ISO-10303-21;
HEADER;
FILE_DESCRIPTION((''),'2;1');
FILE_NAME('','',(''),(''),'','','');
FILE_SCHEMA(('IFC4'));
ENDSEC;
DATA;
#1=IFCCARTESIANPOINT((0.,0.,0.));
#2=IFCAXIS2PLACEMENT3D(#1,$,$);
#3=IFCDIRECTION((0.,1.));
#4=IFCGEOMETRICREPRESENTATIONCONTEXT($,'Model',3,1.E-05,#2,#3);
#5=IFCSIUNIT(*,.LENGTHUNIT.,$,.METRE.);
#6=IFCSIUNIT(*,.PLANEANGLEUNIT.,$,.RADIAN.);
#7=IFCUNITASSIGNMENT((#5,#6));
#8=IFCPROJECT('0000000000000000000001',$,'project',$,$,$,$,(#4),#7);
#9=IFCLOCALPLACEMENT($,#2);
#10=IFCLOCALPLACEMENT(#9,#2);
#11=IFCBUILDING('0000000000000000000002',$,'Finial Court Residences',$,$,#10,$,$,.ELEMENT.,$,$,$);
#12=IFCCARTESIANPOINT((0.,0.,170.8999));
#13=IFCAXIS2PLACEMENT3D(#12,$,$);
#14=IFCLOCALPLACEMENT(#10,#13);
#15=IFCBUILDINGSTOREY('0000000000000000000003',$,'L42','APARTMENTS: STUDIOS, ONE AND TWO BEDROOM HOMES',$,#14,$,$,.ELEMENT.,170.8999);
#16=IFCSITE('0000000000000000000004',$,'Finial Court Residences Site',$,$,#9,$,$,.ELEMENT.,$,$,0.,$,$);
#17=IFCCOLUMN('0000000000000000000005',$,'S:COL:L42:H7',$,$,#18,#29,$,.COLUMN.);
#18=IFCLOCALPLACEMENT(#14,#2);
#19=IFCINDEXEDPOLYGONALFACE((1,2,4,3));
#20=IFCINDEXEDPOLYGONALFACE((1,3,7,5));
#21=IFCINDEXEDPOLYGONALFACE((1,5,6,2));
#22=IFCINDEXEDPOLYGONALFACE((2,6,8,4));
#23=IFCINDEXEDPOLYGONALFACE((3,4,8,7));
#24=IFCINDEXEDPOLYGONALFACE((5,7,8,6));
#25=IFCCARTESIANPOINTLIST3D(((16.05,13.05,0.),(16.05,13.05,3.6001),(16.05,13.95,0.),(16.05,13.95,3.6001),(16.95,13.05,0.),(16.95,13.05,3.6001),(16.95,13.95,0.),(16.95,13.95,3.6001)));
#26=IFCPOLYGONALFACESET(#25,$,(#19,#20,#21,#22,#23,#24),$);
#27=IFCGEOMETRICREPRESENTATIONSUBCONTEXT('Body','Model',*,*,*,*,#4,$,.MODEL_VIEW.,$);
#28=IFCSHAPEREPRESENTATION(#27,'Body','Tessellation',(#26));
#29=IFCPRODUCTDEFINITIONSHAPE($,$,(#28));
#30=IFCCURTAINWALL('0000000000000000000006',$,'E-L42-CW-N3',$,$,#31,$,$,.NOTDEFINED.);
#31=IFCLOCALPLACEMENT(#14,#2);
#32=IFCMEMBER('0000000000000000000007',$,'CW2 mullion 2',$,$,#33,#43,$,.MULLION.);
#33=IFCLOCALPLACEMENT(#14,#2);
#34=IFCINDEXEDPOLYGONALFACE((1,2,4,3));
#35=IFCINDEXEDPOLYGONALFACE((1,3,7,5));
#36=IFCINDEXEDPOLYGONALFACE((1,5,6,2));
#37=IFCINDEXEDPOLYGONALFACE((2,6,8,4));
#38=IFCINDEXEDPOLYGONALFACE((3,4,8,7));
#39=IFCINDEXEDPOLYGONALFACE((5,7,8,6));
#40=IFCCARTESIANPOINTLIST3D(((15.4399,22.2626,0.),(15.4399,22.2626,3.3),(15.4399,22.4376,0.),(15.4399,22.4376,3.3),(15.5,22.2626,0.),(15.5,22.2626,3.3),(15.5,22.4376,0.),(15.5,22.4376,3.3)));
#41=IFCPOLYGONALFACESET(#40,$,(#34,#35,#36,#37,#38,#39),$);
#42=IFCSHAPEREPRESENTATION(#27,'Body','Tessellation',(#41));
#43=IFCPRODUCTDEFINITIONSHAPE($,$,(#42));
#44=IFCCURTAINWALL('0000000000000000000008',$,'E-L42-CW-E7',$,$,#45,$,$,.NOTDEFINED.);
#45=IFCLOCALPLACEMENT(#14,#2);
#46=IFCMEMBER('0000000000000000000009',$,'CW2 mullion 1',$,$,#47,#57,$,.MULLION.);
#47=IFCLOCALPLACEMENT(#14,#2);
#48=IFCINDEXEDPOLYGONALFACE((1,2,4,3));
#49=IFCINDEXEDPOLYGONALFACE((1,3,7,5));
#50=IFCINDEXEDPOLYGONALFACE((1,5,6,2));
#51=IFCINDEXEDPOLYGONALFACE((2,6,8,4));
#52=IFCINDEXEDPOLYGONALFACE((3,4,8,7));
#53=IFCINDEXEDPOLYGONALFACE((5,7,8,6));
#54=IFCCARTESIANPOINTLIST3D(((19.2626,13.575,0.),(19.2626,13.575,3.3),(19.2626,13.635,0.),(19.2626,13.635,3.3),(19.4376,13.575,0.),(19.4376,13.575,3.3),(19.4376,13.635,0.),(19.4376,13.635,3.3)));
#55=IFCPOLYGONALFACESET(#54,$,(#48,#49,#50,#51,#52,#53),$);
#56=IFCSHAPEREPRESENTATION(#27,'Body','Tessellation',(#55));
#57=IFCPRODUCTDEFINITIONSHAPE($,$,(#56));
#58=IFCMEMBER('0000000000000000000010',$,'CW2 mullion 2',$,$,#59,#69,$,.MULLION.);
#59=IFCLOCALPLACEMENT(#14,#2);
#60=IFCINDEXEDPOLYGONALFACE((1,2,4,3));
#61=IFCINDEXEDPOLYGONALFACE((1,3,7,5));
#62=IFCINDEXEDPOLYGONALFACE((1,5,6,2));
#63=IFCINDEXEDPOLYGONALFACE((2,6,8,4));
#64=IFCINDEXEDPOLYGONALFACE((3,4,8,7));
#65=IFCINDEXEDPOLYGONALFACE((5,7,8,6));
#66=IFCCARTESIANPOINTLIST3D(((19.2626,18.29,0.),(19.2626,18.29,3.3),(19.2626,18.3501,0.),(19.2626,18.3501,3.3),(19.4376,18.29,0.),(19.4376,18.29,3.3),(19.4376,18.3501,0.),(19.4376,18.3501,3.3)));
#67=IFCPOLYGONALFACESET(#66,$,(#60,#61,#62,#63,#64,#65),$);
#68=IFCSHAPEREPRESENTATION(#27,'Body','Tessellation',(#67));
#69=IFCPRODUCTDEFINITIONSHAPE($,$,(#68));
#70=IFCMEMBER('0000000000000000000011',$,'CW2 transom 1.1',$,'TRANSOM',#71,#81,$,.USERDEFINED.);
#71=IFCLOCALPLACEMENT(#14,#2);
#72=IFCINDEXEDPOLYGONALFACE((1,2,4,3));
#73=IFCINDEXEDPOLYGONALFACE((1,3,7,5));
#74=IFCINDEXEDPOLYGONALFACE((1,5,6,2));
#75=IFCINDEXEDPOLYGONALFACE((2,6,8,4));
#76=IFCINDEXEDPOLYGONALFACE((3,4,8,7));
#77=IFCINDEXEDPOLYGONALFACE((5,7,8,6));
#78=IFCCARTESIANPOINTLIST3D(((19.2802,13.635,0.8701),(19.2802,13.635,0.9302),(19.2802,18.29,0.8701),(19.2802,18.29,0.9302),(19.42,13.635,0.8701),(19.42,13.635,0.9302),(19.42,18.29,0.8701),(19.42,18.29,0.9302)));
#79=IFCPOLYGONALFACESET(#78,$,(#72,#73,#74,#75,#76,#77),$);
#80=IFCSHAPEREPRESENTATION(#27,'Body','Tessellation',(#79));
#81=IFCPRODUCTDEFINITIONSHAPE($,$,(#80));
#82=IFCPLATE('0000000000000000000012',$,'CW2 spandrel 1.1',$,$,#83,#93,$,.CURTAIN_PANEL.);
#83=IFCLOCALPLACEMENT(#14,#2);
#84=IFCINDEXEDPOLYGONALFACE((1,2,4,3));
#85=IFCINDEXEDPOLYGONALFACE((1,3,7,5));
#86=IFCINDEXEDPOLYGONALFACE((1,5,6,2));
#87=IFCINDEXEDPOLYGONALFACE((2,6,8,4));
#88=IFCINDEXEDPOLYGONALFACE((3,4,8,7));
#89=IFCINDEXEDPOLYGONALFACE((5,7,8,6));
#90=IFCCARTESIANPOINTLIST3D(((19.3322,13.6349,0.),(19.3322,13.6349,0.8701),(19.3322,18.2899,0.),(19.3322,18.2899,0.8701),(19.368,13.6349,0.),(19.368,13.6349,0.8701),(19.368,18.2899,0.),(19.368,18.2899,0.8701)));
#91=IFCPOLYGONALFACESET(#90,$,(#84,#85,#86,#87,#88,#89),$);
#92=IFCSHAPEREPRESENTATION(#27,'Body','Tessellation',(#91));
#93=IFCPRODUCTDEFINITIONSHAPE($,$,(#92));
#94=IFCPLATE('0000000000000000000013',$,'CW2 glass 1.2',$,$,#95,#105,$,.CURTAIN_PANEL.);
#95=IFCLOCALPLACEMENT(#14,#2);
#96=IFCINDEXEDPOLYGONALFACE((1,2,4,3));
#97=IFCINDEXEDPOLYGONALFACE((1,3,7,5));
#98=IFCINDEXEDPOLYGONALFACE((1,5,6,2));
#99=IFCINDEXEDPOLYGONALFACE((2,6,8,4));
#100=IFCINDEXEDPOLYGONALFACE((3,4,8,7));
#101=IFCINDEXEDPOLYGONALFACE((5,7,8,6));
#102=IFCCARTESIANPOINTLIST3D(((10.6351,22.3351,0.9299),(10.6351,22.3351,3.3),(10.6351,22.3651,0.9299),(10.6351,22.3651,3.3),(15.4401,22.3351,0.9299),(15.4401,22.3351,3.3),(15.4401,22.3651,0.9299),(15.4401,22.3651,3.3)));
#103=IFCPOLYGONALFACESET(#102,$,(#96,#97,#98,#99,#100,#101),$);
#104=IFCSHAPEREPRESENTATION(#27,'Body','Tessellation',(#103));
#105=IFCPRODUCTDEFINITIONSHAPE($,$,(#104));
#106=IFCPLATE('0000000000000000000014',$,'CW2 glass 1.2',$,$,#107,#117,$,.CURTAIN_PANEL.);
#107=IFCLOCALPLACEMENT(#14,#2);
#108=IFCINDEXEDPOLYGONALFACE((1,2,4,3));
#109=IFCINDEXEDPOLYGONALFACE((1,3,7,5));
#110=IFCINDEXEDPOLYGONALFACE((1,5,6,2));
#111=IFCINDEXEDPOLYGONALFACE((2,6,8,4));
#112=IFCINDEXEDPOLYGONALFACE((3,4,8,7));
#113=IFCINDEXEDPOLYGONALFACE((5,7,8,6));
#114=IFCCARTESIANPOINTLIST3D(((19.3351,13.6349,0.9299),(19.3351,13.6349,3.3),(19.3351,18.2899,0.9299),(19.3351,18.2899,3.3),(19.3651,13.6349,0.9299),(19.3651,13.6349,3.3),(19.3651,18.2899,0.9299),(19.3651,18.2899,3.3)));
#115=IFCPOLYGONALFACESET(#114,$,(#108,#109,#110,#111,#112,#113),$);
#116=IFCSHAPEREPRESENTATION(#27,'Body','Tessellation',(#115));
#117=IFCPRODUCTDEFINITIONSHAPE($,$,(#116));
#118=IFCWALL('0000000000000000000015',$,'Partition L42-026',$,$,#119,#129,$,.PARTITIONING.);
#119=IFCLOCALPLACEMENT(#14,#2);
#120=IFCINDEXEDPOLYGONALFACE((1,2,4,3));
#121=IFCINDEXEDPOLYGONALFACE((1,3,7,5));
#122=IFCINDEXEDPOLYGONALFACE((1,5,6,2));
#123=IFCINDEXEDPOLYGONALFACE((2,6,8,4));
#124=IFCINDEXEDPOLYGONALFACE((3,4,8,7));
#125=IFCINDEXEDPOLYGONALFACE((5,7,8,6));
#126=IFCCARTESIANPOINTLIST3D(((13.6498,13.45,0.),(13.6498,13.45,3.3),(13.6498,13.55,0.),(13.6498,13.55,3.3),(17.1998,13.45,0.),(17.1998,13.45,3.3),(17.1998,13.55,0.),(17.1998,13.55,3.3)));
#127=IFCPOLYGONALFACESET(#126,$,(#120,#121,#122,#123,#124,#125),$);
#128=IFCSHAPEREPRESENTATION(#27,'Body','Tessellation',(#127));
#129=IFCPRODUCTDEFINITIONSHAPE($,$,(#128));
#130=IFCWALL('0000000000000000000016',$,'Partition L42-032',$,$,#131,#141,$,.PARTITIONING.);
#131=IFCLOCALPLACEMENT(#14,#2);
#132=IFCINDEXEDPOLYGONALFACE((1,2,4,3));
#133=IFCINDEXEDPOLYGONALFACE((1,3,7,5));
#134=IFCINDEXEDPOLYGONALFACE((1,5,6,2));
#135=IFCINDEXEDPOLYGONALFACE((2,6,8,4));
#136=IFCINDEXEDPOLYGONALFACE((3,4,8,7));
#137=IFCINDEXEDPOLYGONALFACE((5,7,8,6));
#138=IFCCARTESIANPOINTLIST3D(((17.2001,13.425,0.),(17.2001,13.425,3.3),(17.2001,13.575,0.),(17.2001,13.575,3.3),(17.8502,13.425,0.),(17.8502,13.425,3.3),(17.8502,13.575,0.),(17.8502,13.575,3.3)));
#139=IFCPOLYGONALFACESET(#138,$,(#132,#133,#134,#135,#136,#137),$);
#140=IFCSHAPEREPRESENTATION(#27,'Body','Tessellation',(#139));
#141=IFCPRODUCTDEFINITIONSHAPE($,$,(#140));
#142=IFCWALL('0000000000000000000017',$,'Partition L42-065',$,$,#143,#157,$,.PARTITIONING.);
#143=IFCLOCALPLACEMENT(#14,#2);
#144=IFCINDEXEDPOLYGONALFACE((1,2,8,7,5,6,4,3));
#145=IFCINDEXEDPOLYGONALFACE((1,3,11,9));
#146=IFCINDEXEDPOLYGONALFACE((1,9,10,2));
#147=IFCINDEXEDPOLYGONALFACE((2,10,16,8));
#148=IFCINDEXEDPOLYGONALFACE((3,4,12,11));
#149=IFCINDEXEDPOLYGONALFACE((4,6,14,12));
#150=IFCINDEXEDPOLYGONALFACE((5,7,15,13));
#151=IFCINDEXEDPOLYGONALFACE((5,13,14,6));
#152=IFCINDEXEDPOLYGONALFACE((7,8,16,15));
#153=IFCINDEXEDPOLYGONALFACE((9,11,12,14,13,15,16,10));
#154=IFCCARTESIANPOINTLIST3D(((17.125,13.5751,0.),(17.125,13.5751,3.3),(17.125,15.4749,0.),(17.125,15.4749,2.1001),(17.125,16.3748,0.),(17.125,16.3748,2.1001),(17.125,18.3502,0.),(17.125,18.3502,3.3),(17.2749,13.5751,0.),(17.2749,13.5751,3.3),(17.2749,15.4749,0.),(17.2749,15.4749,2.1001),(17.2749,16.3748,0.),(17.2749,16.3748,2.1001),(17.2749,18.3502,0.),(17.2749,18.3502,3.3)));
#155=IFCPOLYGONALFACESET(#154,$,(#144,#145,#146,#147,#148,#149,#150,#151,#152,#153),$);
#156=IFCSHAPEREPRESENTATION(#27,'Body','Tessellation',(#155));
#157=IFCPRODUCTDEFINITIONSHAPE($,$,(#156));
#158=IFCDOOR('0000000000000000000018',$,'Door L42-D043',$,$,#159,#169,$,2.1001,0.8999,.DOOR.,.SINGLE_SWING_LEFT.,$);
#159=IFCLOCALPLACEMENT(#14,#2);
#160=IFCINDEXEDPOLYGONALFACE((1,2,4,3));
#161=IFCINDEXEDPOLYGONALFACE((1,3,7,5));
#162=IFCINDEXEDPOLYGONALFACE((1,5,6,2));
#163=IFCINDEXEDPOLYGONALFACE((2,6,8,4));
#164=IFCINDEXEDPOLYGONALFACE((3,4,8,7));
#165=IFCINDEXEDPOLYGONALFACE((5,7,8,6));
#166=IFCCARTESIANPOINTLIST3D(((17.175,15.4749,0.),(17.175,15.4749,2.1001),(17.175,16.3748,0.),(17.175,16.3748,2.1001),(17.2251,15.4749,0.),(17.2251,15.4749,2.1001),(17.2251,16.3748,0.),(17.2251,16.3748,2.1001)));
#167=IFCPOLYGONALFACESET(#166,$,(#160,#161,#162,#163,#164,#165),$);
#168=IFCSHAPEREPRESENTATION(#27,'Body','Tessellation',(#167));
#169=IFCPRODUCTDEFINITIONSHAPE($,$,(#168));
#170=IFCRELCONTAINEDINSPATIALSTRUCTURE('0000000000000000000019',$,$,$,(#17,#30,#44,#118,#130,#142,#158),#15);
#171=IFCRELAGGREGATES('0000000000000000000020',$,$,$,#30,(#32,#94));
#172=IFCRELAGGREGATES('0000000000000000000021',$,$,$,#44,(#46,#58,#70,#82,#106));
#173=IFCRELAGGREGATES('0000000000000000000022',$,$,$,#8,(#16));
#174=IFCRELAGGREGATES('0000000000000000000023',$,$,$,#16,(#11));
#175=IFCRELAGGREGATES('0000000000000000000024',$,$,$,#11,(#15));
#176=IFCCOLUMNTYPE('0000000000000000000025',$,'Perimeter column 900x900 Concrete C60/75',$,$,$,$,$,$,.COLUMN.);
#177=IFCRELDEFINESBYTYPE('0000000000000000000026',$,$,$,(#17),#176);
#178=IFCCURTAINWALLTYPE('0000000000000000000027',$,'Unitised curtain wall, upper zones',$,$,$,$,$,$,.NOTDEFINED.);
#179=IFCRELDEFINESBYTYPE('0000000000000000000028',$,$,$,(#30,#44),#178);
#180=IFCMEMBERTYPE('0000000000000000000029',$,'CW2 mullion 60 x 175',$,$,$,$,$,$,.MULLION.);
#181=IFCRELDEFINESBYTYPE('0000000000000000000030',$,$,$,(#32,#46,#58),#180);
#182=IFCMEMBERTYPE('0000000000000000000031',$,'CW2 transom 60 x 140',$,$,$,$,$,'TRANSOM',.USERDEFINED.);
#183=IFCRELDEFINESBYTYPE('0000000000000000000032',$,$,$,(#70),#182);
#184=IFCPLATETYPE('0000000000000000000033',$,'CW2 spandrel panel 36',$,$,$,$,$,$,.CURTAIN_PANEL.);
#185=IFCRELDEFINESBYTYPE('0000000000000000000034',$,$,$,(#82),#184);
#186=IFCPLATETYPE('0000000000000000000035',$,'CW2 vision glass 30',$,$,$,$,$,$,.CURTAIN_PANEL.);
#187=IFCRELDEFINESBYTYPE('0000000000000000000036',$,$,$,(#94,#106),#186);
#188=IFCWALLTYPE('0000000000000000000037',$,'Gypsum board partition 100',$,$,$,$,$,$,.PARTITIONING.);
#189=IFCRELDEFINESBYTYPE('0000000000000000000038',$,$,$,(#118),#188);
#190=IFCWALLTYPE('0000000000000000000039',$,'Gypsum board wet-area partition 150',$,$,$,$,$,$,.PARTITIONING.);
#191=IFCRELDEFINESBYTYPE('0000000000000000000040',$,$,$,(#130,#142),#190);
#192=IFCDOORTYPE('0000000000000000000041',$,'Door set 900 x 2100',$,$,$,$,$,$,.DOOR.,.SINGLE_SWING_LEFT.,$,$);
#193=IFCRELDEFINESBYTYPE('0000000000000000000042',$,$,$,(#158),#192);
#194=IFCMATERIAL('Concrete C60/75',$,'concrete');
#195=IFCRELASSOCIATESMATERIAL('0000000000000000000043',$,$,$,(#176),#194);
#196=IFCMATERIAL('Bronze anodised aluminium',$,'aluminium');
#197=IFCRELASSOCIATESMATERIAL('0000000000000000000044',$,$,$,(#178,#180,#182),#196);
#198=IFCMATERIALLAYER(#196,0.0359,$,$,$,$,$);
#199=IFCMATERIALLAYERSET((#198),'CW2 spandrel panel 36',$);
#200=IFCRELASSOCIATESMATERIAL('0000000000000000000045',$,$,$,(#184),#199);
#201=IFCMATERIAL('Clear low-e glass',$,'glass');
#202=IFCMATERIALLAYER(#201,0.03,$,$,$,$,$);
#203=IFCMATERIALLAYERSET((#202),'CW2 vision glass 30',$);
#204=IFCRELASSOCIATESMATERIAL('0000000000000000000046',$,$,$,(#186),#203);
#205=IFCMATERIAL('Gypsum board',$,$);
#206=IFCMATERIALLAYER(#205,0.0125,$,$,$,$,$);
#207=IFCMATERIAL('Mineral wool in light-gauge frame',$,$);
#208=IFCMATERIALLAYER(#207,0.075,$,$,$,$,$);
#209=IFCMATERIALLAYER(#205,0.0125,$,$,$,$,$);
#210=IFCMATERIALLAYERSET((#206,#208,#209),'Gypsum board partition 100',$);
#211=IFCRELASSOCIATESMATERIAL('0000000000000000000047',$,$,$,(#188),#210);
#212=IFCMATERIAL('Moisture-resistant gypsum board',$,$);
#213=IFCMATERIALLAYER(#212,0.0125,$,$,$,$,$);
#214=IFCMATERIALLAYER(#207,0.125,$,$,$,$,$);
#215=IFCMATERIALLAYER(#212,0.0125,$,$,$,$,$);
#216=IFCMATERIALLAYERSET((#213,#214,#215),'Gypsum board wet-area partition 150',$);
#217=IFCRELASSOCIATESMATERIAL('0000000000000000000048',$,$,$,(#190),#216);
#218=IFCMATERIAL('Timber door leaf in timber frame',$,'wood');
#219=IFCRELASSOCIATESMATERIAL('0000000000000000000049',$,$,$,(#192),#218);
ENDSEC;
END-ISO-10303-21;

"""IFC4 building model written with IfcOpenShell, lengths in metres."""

from ifc_helpers import new_model, si_unit, direction, frame, frame_2d, origin, origin_2d, place, context, subcontext, project, spatial, rectangle, extrude, material, layer, layer_set, material_profile, profile_set, type_object, element, fill, aggregate, save


model = new_model("IFC4")

# Units and contexts
model_context = context("Model", 3, precision=1e-05, world=origin(), true_north=direction((0.0, 1.0)))
body_context = subcontext(model_context, "Body", "Model", "MODEL_VIEW")
ifc_project = project(units=[si_unit("LENGTHUNIT", "METRE"), si_unit("PLANEANGLEUNIT", "RADIAN")], contexts=[model_context])

# Site, building, storey
site_placement = place(None, origin())
site = spatial("IfcSite", under=ifc_project, at=site_placement, Name="Finial Court Residences Site", CompositionType="ELEMENT", RefElevation=0.0)
building_placement = place(site_placement, origin())
building = spatial("IfcBuilding", under=site, at=building_placement, Name="Finial Court Residences", CompositionType="ELEMENT")
storey_placement = place(building_placement, frame((0.0, 0.0, 170.8999)))
storey = spatial("IfcBuildingStorey", under=building, at=storey_placement, Name="L42", Description="APARTMENTS: STUDIOS, ONE AND TWO BEDROOM HOMES", CompositionType="ELEMENT", Elevation=170.8999)

# Column
ifc_material_1 = material(Name="Concrete C60/75", Category="concrete")
ifc_material_profile_1 = material_profile(ifc_material_1, rectangle(XDim=0.8999, YDim=0.8999, at=origin_2d()), Name="900x900")
ifc_profile_set_1 = profile_set([ifc_material_profile_1], Name="Concrete C60/75")
column_type = type_object("IfcColumnType", Name="Perimeter column 900x900 Concrete C60/75", PredefinedType="COLUMN", material=ifc_profile_set_1)
column_placement = place(storey_placement, frame((16.5, 13.5, 0.0), z_axis=(0.0, 0.0, 1.0), x_axis=(1.0, 0.0, 0.0)))
element("IfcColumn", 1, at=column_placement, inside=storey, type_object=column_type, Name="S:COL:L42:H7", PredefinedType="COLUMN", context=body_context, shape_type="SweptSolid", body=[
    extrude(rectangle(XDim=0.8999, YDim=0.8999, at=origin_2d()), origin(), (0.0, 0.0, 1.0), 3.6001),
])

# Curtain wall, member
ifc_material_2 = material(Name="Bronze anodised aluminium", Category="aluminium")
curtain_wall_type = type_object("IfcCurtainWallType", Name="Unitised curtain wall, upper zones", PredefinedType="NOTDEFINED", material=ifc_material_2)
curtain_wall_1_placement = place(storey_placement, origin())
curtain_wall_1 = element("IfcCurtainWall", 2, at=curtain_wall_1_placement, inside=storey, type_object=curtain_wall_type, Name="E-L42-CW-N3", PredefinedType="NOTDEFINED")
ifc_material_profile_2 = material_profile(ifc_material_2, rectangle(XDim=0.175, YDim=0.0601, at=origin_2d()), Name="CW2 mullion 60 x 175")
ifc_profile_set_2 = profile_set([ifc_material_profile_2], Name="Bronze anodised aluminium")
member_type_1 = type_object("IfcMemberType", Name="CW2 mullion 60 x 175", PredefinedType="MULLION", material=ifc_profile_set_2)
member_1_placement = place(storey_placement, frame((15.47, 22.3501, 0.0), z_axis=(0.0, 0.0, 1.0), x_axis=(0.0, 1.0, 0.0)))
member_1 = element("IfcMember", 3, at=member_1_placement, type_object=member_type_1, Name="CW2 mullion 2", PredefinedType="MULLION", context=body_context, shape_type="SweptSolid", body=[
    extrude(rectangle(XDim=0.175, YDim=0.0601, at=origin_2d()), origin(), (0.0, 0.0, 1.0), 3.3),
])

# Curtain wall, members, plate
curtain_wall_2_placement = place(storey_placement, origin())
curtain_wall_2 = element("IfcCurtainWall", 4, at=curtain_wall_2_placement, inside=storey, type_object=curtain_wall_type, Name="E-L42-CW-E7", PredefinedType="NOTDEFINED")
member_2_placement = place(storey_placement, frame((19.3501, 13.605, 0.0), z_axis=(0.0, 0.0, 1.0), x_axis=(-1.0, 0.0, 0.0)))
member_2 = element("IfcMember", 5, at=member_2_placement, type_object=member_type_1, Name="CW2 mullion 1", PredefinedType="MULLION", context=body_context, shape_type="SweptSolid", body=[
    extrude(rectangle(XDim=0.175, YDim=0.0601, at=origin_2d()), origin(), (0.0, 0.0, 1.0), 3.3),
])
member_3_placement = place(storey_placement, frame((19.3501, 18.3201, 0.0), z_axis=(0.0, 0.0, 1.0), x_axis=(-1.0, 0.0, 0.0)))
member_3 = element("IfcMember", 6, at=member_3_placement, type_object=member_type_1, Name="CW2 mullion 2", PredefinedType="MULLION", context=body_context, shape_type="SweptSolid", body=[
    extrude(rectangle(XDim=0.175, YDim=0.0601, at=origin_2d()), origin(), (0.0, 0.0, 1.0), 3.3),
])
ifc_material_profile_3 = material_profile(ifc_material_2, rectangle(XDim=0.1399, YDim=0.0601, at=origin_2d()), Name="CW2 transom 60 x 140")
ifc_profile_set_3 = profile_set([ifc_material_profile_3], Name="Bronze anodised aluminium")
member_type_2 = type_object("IfcMemberType", Name="CW2 transom 60 x 140", ElementType="TRANSOM", PredefinedType="USERDEFINED", material=ifc_profile_set_3)
member_4_placement = place(storey_placement, frame((19.3501, 13.635, 0.9001), z_axis=(0.0, 1.0, 0.0), x_axis=(-1.0, 0.0, 0.0)))
member_4 = element("IfcMember", 7, at=member_4_placement, type_object=member_type_2, Name="CW2 transom 1.1", ObjectType="TRANSOM", PredefinedType="USERDEFINED", context=body_context, shape_type="SweptSolid", body=[
    extrude(rectangle(XDim=0.1399, YDim=0.0601, at=origin_2d()), origin(), (0.0, 0.0, 1.0), 4.655),
])
ifc_layer_1 = layer(ifc_material_2, 0.0359)
ifc_layer_set_1 = layer_set([ifc_layer_1], Name="CW2 spandrel panel 36")
plate_type_1 = type_object("IfcPlateType", Name="CW2 spandrel panel 36", PredefinedType="CURTAIN_PANEL", material=ifc_layer_set_1)
plate_1_placement = place(storey_placement, frame((19.3501, 15.9624, 0.0), z_axis=(0.0, 0.0, 1.0), x_axis=(0.0, 1.0, 0.0)))
plate_1 = element("IfcPlate", 8, at=plate_1_placement, type_object=plate_type_1, Name="CW2 spandrel 1.1", PredefinedType="CURTAIN_PANEL", context=body_context, shape_type="SweptSolid", body=[
    extrude(rectangle(XDim=4.655, YDim=0.0359, at=origin_2d()), origin(), (0.0, 0.0, 1.0), 0.8701),
])

# Plates
ifc_material_3 = material(Name="Clear low-e glass", Category="glass")
ifc_layer_2 = layer(ifc_material_3, 0.03)
ifc_layer_set_2 = layer_set([ifc_layer_2], Name="CW2 vision glass 30")
plate_type_2 = type_object("IfcPlateType", Name="CW2 vision glass 30", PredefinedType="CURTAIN_PANEL", material=ifc_layer_set_2)
plate_2_placement = place(storey_placement, frame((13.0376, 22.3501, 0.9299), z_axis=(0.0, 0.0, 1.0), x_axis=(1.0, 0.0, 0.0)))
plate_2 = element("IfcPlate", 9, at=plate_2_placement, type_object=plate_type_2, Name="CW2 glass 1.2", PredefinedType="CURTAIN_PANEL", context=body_context, shape_type="SweptSolid", body=[
    extrude(rectangle(XDim=4.8049, YDim=0.03, at=origin_2d()), origin(), (0.0, 0.0, 1.0), 2.3701),
])
aggregate(curtain_wall_1, [member_1, plate_2])
plate_3_placement = place(storey_placement, frame((19.3501, 15.9624, 0.9299), z_axis=(0.0, 0.0, 1.0), x_axis=(0.0, 1.0, 0.0)))
plate_3 = element("IfcPlate", 10, at=plate_3_placement, type_object=plate_type_2, Name="CW2 glass 1.2", PredefinedType="CURTAIN_PANEL", context=body_context, shape_type="SweptSolid", body=[
    extrude(rectangle(XDim=4.655, YDim=0.03, at=origin_2d()), origin(), (0.0, 0.0, 1.0), 2.3701),
])
aggregate(curtain_wall_2, [member_2, member_3, member_4, plate_1, plate_3])

# Walls
ifc_material_4 = material(Name="Gypsum board")
ifc_layer_3 = layer(ifc_material_4, 0.0125)
ifc_material_5 = material(Name="Mineral wool in light-gauge frame")
ifc_layer_4 = layer(ifc_material_5, 0.075)
ifc_layer_5 = layer(ifc_material_4, 0.0125)
ifc_layer_set_3 = layer_set([ifc_layer_3, ifc_layer_4, ifc_layer_5], Name="Gypsum board partition 100")
wall_type_1 = type_object("IfcWallType", Name="Gypsum board partition 100", PredefinedType="PARTITIONING", material=ifc_layer_set_3)
wall_1_placement = place(storey_placement, frame((13.6499, 13.5, 0.0), z_axis=(0.0, 0.0, 1.0), x_axis=(1.0, 0.0, 0.0)))
element("IfcWall", 11, at=wall_1_placement, inside=storey, type_object=wall_type_1, Name="Partition L42-026", PredefinedType="PARTITIONING", context=body_context, shape_type="SweptSolid", body=[
    extrude(rectangle(XDim=3.55, YDim=0.1001, at=frame_2d((1.7749, 0.0))), origin(), (0.0, 0.0, 1.0), 3.3),
])
ifc_material_6 = material(Name="Moisture-resistant gypsum board")
ifc_layer_6 = layer(ifc_material_6, 0.0125)
ifc_layer_7 = layer(ifc_material_5, 0.125)
ifc_layer_8 = layer(ifc_material_6, 0.0125)
ifc_layer_set_4 = layer_set([ifc_layer_6, ifc_layer_7, ifc_layer_8], Name="Gypsum board wet-area partition 150")
wall_type_2 = type_object("IfcWallType", Name="Gypsum board wet-area partition 150", PredefinedType="PARTITIONING", material=ifc_layer_set_4)
wall_2_placement = place(storey_placement, frame((17.2, 13.5, 0.0), z_axis=(0.0, 0.0, 1.0), x_axis=(1.0, 0.0, 0.0)))
element("IfcWall", 12, at=wall_2_placement, inside=storey, type_object=wall_type_2, Name="Partition L42-032", PredefinedType="PARTITIONING", context=body_context, shape_type="SweptSolid", body=[
    extrude(rectangle(XDim=0.6501, YDim=0.1499, at=frame_2d((0.3252, 0.0))), origin(), (0.0, 0.0, 1.0), 3.3),
])

# Wall, opening, door
wall_3_placement = place(storey_placement, frame((17.2, 13.575, 0.0), z_axis=(0.0, 0.0, 1.0), x_axis=(0.0, 1.0, 0.0)))
wall_3 = element("IfcWall", 13, at=wall_3_placement, inside=storey, type_object=wall_type_2, Name="Partition L42-065", PredefinedType="PARTITIONING", context=body_context, shape_type="SweptSolid", body=[
    extrude(rectangle(XDim=4.7751, YDim=0.1499, at=frame_2d((2.3877, 0.0))), origin(), (0.0, 0.0, 1.0), 3.3),
])
opening_1_placement = place(wall_3_placement, frame((1.8999, 0.0, 0.0)))
opening_1 = element("IfcOpeningElement", 14, at=opening_1_placement, cuts=wall_3, PredefinedType="OPENING", context=body_context, shape_type="SweptSolid", body=[
    extrude(rectangle(XDim=0.8999, YDim=2.1001, at=frame_2d((0.45, 1.05))), frame((0.0, 0.085, 0.0), z_axis=(0.0, -1.0, 0.0), x_axis=(1.0, 0.0, 0.0)), (0.0, 0.0, 1.0), 0.1699),
])
ifc_material_7 = material(Name="Timber door leaf in timber frame", Category="wood")
door_type = type_object("IfcDoorType", Name="Door set 900 x 2100", OperationType="SINGLE_SWING_LEFT", PredefinedType="DOOR", material=ifc_material_7)
door_placement = place(opening_1_placement, origin())
door = element("IfcDoor", 15, at=door_placement, inside=storey, type_object=door_type, Name="Door L42-D043", OperationType="SINGLE_SWING_LEFT", OverallHeight=2.1001, OverallWidth=0.8999, PredefinedType="DOOR", context=body_context, shape_type="SweptSolid", body=[
    extrude(rectangle(XDim=0.8999, YDim=2.1001, at=frame_2d((0.45, 1.05))), frame((0.0, 0.0249, 0.0), z_axis=(0.0, -1.0, 0.0), x_axis=(1.0, 0.0, 0.0)), (0.0, 0.0, 1.0), 0.05),
])
fill(opening_1, door)

save(model, "model.ifc")
